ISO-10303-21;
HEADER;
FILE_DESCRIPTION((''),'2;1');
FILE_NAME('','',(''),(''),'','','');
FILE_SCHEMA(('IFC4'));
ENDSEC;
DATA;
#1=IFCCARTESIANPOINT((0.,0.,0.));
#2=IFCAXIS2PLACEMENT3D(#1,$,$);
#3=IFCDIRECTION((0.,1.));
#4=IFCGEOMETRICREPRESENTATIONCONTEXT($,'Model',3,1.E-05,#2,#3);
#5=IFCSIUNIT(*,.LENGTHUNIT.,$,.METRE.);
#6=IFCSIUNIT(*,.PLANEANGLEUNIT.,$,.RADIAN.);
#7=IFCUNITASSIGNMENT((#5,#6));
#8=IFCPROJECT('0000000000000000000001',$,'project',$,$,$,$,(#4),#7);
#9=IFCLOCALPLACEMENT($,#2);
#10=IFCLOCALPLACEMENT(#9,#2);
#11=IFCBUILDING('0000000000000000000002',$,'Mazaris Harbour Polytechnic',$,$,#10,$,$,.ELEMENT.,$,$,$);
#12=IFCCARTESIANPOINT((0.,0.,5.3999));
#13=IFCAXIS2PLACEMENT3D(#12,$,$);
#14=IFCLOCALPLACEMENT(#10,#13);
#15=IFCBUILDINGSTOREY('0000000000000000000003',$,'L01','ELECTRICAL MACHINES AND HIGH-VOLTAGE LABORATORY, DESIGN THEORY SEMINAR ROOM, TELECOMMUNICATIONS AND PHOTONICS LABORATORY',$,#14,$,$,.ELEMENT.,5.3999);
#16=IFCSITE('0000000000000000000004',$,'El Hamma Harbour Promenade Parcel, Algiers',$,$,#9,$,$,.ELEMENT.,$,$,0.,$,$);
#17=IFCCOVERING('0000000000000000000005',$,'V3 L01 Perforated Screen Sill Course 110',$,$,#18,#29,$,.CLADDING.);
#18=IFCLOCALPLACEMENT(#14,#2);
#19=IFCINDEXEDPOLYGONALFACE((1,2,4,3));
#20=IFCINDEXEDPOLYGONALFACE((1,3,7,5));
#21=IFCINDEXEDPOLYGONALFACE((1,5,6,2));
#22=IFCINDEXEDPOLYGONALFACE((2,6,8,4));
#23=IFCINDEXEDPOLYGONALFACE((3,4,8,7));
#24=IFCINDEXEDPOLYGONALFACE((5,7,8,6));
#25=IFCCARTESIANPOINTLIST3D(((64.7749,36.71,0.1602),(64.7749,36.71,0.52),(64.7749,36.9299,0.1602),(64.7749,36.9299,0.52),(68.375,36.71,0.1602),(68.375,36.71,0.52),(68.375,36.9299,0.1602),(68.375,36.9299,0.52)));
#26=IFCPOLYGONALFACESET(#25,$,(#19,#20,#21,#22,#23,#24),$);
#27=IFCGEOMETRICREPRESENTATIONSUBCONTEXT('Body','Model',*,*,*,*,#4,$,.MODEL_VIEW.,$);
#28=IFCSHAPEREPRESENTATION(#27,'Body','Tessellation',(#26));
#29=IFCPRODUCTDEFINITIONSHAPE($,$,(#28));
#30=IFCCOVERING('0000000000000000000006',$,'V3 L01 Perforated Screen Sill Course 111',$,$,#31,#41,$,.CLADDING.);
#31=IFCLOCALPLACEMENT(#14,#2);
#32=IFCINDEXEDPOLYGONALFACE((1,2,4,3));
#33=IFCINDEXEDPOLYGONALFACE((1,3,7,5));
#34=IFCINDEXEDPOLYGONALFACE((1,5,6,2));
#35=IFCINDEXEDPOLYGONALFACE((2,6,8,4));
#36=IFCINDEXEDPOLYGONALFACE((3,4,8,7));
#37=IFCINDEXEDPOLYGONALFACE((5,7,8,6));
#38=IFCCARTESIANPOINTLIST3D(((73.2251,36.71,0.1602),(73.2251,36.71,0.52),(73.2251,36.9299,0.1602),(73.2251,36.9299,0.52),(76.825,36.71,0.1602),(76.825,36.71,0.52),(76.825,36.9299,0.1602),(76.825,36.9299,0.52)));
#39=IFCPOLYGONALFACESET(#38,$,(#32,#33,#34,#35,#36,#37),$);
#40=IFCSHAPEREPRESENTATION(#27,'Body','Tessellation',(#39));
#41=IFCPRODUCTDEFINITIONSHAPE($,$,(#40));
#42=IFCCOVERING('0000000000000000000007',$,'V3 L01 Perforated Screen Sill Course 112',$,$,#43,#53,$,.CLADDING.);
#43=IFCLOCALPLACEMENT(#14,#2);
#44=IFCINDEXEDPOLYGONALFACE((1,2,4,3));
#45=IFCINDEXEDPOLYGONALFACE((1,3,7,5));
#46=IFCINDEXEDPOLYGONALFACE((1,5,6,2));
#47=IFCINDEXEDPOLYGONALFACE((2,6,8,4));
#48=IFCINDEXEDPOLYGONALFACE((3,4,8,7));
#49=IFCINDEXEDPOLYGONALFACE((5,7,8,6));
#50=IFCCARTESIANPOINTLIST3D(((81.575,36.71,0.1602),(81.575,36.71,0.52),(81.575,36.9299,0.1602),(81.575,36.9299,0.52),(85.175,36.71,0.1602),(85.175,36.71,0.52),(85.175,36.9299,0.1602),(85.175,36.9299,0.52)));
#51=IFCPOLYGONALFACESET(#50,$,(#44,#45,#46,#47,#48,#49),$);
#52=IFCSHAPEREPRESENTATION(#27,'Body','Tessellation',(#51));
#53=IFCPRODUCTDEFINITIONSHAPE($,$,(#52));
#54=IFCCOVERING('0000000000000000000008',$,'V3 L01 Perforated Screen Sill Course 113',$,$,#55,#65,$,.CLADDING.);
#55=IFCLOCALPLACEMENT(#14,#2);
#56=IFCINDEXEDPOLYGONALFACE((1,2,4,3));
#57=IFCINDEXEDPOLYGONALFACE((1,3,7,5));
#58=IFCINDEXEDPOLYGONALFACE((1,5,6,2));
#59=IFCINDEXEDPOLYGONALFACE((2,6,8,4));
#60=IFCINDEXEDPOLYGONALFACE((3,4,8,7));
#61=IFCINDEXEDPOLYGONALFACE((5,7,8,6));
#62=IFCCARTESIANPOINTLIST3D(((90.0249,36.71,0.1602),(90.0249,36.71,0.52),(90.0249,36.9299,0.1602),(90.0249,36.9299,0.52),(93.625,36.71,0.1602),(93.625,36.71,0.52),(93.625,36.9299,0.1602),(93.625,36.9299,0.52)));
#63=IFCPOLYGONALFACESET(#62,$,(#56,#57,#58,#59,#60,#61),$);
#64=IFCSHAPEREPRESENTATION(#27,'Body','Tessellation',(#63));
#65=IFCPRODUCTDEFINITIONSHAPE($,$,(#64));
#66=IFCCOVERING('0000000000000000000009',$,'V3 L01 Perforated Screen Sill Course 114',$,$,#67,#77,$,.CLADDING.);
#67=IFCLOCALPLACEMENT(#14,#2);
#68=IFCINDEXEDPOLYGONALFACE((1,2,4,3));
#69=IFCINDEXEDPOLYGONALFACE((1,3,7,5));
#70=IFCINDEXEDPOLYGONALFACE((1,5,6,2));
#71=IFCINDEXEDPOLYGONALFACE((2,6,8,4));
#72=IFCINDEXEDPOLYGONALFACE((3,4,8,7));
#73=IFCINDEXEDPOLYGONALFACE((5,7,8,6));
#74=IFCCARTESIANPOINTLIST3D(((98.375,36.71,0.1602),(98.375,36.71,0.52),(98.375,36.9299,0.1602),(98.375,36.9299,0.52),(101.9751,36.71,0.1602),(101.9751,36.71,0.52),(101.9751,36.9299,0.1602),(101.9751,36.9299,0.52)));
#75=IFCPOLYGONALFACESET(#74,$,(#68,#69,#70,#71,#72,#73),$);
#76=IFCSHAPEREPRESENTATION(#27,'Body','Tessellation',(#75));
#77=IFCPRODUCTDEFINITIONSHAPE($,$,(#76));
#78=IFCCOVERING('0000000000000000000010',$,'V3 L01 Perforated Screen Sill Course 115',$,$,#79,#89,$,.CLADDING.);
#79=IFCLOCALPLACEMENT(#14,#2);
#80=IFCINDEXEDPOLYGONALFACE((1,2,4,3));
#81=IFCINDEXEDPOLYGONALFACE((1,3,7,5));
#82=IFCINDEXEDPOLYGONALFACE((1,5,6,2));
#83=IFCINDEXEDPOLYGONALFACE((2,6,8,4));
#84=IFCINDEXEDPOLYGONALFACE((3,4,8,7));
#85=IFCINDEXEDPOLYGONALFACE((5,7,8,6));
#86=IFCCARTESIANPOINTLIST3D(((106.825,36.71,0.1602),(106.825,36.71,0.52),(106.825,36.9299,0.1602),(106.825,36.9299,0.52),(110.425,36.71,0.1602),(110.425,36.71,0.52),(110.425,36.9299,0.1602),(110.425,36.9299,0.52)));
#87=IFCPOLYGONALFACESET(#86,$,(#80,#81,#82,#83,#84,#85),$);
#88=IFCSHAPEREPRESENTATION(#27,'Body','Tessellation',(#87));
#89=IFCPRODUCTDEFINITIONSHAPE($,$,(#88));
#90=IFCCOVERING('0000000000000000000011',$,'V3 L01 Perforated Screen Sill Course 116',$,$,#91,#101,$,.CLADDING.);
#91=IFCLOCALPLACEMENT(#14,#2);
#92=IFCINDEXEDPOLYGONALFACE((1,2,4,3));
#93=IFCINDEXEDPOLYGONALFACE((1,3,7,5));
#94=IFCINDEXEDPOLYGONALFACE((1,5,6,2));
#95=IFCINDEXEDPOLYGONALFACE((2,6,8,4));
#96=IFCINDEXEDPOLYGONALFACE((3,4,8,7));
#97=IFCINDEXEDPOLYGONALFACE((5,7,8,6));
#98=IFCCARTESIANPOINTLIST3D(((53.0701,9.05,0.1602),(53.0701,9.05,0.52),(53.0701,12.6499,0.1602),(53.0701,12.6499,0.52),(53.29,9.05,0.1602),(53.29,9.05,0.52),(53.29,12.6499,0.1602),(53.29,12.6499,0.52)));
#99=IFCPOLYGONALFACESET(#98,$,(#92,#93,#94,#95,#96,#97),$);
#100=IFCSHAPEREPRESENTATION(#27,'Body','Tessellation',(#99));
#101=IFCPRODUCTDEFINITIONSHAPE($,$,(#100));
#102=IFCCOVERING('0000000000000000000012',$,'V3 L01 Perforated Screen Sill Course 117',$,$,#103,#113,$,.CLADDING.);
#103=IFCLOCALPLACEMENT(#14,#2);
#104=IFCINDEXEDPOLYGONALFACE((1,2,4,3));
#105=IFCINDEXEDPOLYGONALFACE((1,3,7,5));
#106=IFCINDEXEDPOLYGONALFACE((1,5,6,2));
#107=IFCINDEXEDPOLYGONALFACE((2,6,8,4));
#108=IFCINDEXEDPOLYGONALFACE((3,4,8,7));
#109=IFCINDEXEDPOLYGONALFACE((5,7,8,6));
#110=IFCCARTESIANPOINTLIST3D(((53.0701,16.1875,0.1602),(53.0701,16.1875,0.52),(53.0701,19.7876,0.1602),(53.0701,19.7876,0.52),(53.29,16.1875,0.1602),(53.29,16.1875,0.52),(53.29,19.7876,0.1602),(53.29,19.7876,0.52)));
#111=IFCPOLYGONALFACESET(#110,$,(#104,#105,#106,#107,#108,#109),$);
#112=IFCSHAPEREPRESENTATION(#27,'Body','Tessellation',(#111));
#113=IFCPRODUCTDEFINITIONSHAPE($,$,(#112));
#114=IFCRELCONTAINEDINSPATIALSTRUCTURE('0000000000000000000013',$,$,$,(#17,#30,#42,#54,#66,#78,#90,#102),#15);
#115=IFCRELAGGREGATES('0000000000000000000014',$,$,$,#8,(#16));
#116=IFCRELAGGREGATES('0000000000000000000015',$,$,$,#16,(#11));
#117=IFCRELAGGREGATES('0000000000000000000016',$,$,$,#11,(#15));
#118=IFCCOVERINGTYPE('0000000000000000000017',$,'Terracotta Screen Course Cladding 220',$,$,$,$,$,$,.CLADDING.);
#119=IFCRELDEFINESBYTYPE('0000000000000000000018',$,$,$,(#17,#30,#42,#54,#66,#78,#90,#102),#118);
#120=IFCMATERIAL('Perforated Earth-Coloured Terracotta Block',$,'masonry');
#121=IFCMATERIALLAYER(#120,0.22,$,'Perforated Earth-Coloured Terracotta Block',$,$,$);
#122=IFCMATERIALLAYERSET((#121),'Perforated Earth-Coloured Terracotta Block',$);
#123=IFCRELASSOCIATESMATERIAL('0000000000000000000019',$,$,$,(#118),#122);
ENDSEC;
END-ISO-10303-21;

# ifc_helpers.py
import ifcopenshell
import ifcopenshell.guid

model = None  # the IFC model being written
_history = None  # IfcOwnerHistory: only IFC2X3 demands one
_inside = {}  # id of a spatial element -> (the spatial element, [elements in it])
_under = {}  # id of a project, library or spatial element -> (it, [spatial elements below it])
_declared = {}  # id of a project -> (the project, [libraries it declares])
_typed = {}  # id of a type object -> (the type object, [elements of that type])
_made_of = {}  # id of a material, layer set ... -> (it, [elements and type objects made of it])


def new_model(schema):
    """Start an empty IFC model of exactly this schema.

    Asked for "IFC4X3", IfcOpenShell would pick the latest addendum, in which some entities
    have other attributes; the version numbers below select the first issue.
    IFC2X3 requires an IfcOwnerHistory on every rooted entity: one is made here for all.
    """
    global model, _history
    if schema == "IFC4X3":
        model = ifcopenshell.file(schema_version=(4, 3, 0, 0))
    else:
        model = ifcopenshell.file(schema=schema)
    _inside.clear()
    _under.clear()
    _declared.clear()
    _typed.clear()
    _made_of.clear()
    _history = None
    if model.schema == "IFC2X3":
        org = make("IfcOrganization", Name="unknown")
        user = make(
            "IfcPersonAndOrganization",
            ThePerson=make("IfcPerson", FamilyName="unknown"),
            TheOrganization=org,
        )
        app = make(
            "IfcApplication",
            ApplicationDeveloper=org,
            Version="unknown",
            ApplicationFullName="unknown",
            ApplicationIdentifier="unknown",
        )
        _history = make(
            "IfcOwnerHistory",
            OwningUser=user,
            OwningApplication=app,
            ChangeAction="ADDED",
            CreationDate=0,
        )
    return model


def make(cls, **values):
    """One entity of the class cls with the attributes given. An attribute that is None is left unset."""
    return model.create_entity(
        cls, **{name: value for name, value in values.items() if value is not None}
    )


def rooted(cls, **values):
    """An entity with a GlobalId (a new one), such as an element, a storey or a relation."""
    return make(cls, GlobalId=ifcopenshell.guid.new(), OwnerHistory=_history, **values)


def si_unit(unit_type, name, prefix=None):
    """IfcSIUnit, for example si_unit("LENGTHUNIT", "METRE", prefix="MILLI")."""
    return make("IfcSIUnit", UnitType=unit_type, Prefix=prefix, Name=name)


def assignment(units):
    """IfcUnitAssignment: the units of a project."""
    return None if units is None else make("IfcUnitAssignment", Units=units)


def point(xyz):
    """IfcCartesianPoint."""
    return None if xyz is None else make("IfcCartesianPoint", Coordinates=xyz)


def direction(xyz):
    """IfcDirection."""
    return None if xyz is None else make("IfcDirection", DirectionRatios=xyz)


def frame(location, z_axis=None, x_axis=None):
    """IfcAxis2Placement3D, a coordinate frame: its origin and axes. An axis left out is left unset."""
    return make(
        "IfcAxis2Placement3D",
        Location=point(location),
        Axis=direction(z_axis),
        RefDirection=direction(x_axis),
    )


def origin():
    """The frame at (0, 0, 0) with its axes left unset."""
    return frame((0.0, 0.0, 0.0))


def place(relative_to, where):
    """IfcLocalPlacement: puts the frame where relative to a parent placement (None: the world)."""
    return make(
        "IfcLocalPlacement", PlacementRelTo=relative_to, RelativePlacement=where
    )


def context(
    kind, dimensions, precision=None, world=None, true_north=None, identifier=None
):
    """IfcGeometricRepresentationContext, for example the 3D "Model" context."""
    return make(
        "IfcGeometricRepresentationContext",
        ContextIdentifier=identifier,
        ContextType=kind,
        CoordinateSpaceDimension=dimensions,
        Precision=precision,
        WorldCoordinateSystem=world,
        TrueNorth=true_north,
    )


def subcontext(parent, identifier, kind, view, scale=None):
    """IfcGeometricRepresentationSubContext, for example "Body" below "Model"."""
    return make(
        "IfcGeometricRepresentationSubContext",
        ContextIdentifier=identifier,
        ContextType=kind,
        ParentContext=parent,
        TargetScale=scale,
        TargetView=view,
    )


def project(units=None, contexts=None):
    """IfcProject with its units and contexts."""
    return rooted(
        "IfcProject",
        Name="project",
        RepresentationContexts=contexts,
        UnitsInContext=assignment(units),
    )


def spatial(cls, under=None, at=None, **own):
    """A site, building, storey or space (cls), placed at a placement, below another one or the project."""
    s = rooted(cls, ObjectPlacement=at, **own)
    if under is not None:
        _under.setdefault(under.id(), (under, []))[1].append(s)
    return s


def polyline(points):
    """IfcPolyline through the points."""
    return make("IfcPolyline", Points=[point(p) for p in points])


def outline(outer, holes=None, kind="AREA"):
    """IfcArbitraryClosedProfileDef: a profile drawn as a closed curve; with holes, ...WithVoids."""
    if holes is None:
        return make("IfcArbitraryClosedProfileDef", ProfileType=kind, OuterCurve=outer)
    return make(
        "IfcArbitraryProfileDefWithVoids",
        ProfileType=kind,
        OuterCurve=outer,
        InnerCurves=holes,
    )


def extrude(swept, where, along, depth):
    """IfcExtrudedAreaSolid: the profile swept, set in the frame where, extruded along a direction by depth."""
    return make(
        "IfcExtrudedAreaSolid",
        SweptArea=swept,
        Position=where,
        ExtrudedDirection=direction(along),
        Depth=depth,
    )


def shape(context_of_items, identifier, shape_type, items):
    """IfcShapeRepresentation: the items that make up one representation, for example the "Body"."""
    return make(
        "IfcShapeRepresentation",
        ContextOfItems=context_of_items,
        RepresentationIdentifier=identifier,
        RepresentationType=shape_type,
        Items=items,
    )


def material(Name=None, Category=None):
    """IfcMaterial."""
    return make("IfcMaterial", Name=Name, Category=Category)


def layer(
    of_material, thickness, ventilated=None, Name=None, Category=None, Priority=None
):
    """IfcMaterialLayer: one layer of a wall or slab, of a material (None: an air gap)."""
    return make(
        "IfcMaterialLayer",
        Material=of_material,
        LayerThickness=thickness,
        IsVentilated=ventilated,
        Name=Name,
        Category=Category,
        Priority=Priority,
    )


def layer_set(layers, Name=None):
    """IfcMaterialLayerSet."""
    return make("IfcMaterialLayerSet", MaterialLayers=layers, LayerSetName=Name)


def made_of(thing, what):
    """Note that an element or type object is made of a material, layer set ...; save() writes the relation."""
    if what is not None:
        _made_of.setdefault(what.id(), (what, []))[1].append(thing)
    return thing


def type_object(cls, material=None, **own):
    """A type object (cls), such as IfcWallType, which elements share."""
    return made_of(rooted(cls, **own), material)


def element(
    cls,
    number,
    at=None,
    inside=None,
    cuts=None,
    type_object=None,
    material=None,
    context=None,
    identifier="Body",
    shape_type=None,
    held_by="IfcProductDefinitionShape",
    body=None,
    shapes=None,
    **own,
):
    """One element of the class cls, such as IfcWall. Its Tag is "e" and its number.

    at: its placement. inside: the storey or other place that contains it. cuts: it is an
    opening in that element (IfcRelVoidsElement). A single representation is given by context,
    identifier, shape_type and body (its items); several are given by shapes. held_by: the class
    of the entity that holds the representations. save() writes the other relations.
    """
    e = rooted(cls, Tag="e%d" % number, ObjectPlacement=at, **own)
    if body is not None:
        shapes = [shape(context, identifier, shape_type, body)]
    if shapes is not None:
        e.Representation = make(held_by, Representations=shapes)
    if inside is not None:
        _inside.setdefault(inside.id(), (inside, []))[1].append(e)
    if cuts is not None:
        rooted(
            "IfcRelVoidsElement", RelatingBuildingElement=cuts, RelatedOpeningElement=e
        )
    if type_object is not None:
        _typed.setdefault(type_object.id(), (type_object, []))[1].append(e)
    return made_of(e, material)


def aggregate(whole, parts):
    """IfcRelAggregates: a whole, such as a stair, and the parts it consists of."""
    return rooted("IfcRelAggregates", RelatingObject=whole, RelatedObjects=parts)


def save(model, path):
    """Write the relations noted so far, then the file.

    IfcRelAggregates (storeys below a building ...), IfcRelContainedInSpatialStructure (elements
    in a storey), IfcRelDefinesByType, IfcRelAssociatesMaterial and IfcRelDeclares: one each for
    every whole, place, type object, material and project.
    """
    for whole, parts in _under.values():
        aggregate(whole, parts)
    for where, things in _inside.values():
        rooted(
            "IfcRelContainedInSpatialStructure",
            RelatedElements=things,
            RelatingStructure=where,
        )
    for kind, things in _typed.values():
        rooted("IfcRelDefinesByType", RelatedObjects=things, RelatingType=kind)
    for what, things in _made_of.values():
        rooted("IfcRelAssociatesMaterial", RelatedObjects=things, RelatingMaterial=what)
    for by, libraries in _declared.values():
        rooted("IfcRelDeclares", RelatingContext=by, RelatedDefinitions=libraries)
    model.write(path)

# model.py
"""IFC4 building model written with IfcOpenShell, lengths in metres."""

from ifc_helpers import new_model, si_unit, direction, frame, origin, place, context, subcontext, project, spatial, polyline, outline, extrude, material, layer, layer_set, type_object, element, save


model = new_model("IFC4")

# Units and contexts
model_context = context("Model", 3, precision=1e-05, world=origin(), true_north=direction((0.0, 1.0)))
body_context = subcontext(model_context, "Body", "Model", "MODEL_VIEW")
ifc_project = project(units=[si_unit("LENGTHUNIT", "METRE"), si_unit("PLANEANGLEUNIT", "RADIAN")], contexts=[model_context])

# Site, building, storey
site_placement = place(None, origin())
site = spatial("IfcSite", under=ifc_project, at=site_placement, Name="El Hamma Harbour Promenade Parcel, Algiers", CompositionType="ELEMENT", RefElevation=0.0)
building_placement = place(site_placement, origin())
building = spatial("IfcBuilding", under=site, at=building_placement, Name="Mazaris Harbour Polytechnic", CompositionType="ELEMENT")
storey_placement = place(building_placement, frame((0.0, 0.0, 5.3999)))
storey = spatial("IfcBuildingStorey", under=building, at=storey_placement, Name="L01", Description="ELECTRICAL MACHINES AND HIGH-VOLTAGE LABORATORY, DESIGN THEORY SEMINAR ROOM, TELECOMMUNICATIONS AND PHOTONICS LABORATORY", CompositionType="ELEMENT", Elevation=5.3999)

# Coverings
ifc_material = material(Name="Perforated Earth-Coloured Terracotta Block", Category="masonry")
ifc_layer = layer(ifc_material, 0.22, Name="Perforated Earth-Coloured Terracotta Block")
ifc_layer_set = layer_set([ifc_layer], Name="Perforated Earth-Coloured Terracotta Block")
covering_type = type_object("IfcCoveringType", Name="Terracotta Screen Course Cladding 220", PredefinedType="CLADDING", material=ifc_layer_set)
covering_1_placement = place(storey_placement, frame((0.0, 0.0, 0.1602)))
element("IfcCovering", 1, at=covering_1_placement, inside=storey, type_object=covering_type, Name="V3 L01 Perforated Screen Sill Course 110", PredefinedType="CLADDING", context=body_context, shape_type="SweptSolid", body=[
    extrude(outline(polyline([(64.7749, 36.71), (68.375, 36.71), (68.375, 36.9299), (64.7749, 36.9299), (64.7749, 36.71)])), origin(), (0.0, 0.0, 1.0), 0.3599),
])
covering_2_placement = place(storey_placement, frame((0.0, 0.0, 0.1602)))
element("IfcCovering", 2, at=covering_2_placement, inside=storey, type_object=covering_type, Name="V3 L01 Perforated Screen Sill Course 111", PredefinedType="CLADDING", context=body_context, shape_type="SweptSolid", body=[
    extrude(outline(polyline([(73.2251, 36.71), (76.825, 36.71), (76.825, 36.9299), (73.2251, 36.9299), (73.2251, 36.71)])), origin(), (0.0, 0.0, 1.0), 0.3599),
])
covering_3_placement = place(storey_placement, frame((0.0, 0.0, 0.1602)))
element("IfcCovering", 3, at=covering_3_placement, inside=storey, type_object=covering_type, Name="V3 L01 Perforated Screen Sill Course 112", PredefinedType="CLADDING", context=body_context, shape_type="SweptSolid", body=[
    extrude(outline(polyline([(81.575, 36.71), (85.175, 36.71), (85.175, 36.9299), (81.575, 36.9299), (81.575, 36.71)])), origin(), (0.0, 0.0, 1.0), 0.3599),
])
covering_4_placement = place(storey_placement, frame((0.0, 0.0, 0.1602)))
element("IfcCovering", 4, at=covering_4_placement, inside=storey, type_object=covering_type, Name="V3 L01 Perforated Screen Sill Course 113", PredefinedType="CLADDING", context=body_context, shape_type="SweptSolid", body=[
    extrude(outline(polyline([(90.0249, 36.71), (93.625, 36.71), (93.625, 36.9299), (90.0249, 36.9299), (90.0249, 36.71)])), origin(), (0.0, 0.0, 1.0), 0.3599),
])
covering_5_placement = place(storey_placement, frame((0.0, 0.0, 0.1602)))
element("IfcCovering", 5, at=covering_5_placement, inside=storey, type_object=covering_type, Name="V3 L01 Perforated Screen Sill Course 114", PredefinedType="CLADDING", context=body_context, shape_type="SweptSolid", body=[
    extrude(outline(polyline([(98.375, 36.71), (101.9751, 36.71), (101.9751, 36.9299), (98.375, 36.9299), (98.375, 36.71)])), origin(), (0.0, 0.0, 1.0), 0.3599),
])
covering_6_placement = place(storey_placement, frame((0.0, 0.0, 0.1602)))
element("IfcCovering", 6, at=covering_6_placement, inside=storey, type_object=covering_type, Name="V3 L01 Perforated Screen Sill Course 115", PredefinedType="CLADDING", context=body_context, shape_type="SweptSolid", body=[
    extrude(outline(polyline([(106.825, 36.71), (110.425, 36.71), (110.425, 36.9299), (106.825, 36.9299), (106.825, 36.71)])), origin(), (0.0, 0.0, 1.0), 0.3599),
])
covering_7_placement = place(storey_placement, frame((0.0, 0.0, 0.1602)))
element("IfcCovering", 7, at=covering_7_placement, inside=storey, type_object=covering_type, Name="V3 L01 Perforated Screen Sill Course 116", PredefinedType="CLADDING", context=body_context, shape_type="SweptSolid", body=[
    extrude(outline(polyline([(53.29, 9.05), (53.29, 12.6499), (53.0701, 12.6499), (53.0701, 9.05), (53.29, 9.05)])), origin(), (0.0, 0.0, 1.0), 0.3599),
])
covering_8_placement = place(storey_placement, frame((0.0, 0.0, 0.1602)))
element("IfcCovering", 8, at=covering_8_placement, inside=storey, type_object=covering_type, Name="V3 L01 Perforated Screen Sill Course 117", PredefinedType="CLADDING", context=body_context, shape_type="SweptSolid", body=[
    extrude(outline(polyline([(53.29, 16.1875), (53.29, 19.7876), (53.0701, 19.7876), (53.0701, 16.1875), (53.29, 16.1875)])), origin(), (0.0, 0.0, 1.0), 0.3599),
])

save(model, "model.ifc")
